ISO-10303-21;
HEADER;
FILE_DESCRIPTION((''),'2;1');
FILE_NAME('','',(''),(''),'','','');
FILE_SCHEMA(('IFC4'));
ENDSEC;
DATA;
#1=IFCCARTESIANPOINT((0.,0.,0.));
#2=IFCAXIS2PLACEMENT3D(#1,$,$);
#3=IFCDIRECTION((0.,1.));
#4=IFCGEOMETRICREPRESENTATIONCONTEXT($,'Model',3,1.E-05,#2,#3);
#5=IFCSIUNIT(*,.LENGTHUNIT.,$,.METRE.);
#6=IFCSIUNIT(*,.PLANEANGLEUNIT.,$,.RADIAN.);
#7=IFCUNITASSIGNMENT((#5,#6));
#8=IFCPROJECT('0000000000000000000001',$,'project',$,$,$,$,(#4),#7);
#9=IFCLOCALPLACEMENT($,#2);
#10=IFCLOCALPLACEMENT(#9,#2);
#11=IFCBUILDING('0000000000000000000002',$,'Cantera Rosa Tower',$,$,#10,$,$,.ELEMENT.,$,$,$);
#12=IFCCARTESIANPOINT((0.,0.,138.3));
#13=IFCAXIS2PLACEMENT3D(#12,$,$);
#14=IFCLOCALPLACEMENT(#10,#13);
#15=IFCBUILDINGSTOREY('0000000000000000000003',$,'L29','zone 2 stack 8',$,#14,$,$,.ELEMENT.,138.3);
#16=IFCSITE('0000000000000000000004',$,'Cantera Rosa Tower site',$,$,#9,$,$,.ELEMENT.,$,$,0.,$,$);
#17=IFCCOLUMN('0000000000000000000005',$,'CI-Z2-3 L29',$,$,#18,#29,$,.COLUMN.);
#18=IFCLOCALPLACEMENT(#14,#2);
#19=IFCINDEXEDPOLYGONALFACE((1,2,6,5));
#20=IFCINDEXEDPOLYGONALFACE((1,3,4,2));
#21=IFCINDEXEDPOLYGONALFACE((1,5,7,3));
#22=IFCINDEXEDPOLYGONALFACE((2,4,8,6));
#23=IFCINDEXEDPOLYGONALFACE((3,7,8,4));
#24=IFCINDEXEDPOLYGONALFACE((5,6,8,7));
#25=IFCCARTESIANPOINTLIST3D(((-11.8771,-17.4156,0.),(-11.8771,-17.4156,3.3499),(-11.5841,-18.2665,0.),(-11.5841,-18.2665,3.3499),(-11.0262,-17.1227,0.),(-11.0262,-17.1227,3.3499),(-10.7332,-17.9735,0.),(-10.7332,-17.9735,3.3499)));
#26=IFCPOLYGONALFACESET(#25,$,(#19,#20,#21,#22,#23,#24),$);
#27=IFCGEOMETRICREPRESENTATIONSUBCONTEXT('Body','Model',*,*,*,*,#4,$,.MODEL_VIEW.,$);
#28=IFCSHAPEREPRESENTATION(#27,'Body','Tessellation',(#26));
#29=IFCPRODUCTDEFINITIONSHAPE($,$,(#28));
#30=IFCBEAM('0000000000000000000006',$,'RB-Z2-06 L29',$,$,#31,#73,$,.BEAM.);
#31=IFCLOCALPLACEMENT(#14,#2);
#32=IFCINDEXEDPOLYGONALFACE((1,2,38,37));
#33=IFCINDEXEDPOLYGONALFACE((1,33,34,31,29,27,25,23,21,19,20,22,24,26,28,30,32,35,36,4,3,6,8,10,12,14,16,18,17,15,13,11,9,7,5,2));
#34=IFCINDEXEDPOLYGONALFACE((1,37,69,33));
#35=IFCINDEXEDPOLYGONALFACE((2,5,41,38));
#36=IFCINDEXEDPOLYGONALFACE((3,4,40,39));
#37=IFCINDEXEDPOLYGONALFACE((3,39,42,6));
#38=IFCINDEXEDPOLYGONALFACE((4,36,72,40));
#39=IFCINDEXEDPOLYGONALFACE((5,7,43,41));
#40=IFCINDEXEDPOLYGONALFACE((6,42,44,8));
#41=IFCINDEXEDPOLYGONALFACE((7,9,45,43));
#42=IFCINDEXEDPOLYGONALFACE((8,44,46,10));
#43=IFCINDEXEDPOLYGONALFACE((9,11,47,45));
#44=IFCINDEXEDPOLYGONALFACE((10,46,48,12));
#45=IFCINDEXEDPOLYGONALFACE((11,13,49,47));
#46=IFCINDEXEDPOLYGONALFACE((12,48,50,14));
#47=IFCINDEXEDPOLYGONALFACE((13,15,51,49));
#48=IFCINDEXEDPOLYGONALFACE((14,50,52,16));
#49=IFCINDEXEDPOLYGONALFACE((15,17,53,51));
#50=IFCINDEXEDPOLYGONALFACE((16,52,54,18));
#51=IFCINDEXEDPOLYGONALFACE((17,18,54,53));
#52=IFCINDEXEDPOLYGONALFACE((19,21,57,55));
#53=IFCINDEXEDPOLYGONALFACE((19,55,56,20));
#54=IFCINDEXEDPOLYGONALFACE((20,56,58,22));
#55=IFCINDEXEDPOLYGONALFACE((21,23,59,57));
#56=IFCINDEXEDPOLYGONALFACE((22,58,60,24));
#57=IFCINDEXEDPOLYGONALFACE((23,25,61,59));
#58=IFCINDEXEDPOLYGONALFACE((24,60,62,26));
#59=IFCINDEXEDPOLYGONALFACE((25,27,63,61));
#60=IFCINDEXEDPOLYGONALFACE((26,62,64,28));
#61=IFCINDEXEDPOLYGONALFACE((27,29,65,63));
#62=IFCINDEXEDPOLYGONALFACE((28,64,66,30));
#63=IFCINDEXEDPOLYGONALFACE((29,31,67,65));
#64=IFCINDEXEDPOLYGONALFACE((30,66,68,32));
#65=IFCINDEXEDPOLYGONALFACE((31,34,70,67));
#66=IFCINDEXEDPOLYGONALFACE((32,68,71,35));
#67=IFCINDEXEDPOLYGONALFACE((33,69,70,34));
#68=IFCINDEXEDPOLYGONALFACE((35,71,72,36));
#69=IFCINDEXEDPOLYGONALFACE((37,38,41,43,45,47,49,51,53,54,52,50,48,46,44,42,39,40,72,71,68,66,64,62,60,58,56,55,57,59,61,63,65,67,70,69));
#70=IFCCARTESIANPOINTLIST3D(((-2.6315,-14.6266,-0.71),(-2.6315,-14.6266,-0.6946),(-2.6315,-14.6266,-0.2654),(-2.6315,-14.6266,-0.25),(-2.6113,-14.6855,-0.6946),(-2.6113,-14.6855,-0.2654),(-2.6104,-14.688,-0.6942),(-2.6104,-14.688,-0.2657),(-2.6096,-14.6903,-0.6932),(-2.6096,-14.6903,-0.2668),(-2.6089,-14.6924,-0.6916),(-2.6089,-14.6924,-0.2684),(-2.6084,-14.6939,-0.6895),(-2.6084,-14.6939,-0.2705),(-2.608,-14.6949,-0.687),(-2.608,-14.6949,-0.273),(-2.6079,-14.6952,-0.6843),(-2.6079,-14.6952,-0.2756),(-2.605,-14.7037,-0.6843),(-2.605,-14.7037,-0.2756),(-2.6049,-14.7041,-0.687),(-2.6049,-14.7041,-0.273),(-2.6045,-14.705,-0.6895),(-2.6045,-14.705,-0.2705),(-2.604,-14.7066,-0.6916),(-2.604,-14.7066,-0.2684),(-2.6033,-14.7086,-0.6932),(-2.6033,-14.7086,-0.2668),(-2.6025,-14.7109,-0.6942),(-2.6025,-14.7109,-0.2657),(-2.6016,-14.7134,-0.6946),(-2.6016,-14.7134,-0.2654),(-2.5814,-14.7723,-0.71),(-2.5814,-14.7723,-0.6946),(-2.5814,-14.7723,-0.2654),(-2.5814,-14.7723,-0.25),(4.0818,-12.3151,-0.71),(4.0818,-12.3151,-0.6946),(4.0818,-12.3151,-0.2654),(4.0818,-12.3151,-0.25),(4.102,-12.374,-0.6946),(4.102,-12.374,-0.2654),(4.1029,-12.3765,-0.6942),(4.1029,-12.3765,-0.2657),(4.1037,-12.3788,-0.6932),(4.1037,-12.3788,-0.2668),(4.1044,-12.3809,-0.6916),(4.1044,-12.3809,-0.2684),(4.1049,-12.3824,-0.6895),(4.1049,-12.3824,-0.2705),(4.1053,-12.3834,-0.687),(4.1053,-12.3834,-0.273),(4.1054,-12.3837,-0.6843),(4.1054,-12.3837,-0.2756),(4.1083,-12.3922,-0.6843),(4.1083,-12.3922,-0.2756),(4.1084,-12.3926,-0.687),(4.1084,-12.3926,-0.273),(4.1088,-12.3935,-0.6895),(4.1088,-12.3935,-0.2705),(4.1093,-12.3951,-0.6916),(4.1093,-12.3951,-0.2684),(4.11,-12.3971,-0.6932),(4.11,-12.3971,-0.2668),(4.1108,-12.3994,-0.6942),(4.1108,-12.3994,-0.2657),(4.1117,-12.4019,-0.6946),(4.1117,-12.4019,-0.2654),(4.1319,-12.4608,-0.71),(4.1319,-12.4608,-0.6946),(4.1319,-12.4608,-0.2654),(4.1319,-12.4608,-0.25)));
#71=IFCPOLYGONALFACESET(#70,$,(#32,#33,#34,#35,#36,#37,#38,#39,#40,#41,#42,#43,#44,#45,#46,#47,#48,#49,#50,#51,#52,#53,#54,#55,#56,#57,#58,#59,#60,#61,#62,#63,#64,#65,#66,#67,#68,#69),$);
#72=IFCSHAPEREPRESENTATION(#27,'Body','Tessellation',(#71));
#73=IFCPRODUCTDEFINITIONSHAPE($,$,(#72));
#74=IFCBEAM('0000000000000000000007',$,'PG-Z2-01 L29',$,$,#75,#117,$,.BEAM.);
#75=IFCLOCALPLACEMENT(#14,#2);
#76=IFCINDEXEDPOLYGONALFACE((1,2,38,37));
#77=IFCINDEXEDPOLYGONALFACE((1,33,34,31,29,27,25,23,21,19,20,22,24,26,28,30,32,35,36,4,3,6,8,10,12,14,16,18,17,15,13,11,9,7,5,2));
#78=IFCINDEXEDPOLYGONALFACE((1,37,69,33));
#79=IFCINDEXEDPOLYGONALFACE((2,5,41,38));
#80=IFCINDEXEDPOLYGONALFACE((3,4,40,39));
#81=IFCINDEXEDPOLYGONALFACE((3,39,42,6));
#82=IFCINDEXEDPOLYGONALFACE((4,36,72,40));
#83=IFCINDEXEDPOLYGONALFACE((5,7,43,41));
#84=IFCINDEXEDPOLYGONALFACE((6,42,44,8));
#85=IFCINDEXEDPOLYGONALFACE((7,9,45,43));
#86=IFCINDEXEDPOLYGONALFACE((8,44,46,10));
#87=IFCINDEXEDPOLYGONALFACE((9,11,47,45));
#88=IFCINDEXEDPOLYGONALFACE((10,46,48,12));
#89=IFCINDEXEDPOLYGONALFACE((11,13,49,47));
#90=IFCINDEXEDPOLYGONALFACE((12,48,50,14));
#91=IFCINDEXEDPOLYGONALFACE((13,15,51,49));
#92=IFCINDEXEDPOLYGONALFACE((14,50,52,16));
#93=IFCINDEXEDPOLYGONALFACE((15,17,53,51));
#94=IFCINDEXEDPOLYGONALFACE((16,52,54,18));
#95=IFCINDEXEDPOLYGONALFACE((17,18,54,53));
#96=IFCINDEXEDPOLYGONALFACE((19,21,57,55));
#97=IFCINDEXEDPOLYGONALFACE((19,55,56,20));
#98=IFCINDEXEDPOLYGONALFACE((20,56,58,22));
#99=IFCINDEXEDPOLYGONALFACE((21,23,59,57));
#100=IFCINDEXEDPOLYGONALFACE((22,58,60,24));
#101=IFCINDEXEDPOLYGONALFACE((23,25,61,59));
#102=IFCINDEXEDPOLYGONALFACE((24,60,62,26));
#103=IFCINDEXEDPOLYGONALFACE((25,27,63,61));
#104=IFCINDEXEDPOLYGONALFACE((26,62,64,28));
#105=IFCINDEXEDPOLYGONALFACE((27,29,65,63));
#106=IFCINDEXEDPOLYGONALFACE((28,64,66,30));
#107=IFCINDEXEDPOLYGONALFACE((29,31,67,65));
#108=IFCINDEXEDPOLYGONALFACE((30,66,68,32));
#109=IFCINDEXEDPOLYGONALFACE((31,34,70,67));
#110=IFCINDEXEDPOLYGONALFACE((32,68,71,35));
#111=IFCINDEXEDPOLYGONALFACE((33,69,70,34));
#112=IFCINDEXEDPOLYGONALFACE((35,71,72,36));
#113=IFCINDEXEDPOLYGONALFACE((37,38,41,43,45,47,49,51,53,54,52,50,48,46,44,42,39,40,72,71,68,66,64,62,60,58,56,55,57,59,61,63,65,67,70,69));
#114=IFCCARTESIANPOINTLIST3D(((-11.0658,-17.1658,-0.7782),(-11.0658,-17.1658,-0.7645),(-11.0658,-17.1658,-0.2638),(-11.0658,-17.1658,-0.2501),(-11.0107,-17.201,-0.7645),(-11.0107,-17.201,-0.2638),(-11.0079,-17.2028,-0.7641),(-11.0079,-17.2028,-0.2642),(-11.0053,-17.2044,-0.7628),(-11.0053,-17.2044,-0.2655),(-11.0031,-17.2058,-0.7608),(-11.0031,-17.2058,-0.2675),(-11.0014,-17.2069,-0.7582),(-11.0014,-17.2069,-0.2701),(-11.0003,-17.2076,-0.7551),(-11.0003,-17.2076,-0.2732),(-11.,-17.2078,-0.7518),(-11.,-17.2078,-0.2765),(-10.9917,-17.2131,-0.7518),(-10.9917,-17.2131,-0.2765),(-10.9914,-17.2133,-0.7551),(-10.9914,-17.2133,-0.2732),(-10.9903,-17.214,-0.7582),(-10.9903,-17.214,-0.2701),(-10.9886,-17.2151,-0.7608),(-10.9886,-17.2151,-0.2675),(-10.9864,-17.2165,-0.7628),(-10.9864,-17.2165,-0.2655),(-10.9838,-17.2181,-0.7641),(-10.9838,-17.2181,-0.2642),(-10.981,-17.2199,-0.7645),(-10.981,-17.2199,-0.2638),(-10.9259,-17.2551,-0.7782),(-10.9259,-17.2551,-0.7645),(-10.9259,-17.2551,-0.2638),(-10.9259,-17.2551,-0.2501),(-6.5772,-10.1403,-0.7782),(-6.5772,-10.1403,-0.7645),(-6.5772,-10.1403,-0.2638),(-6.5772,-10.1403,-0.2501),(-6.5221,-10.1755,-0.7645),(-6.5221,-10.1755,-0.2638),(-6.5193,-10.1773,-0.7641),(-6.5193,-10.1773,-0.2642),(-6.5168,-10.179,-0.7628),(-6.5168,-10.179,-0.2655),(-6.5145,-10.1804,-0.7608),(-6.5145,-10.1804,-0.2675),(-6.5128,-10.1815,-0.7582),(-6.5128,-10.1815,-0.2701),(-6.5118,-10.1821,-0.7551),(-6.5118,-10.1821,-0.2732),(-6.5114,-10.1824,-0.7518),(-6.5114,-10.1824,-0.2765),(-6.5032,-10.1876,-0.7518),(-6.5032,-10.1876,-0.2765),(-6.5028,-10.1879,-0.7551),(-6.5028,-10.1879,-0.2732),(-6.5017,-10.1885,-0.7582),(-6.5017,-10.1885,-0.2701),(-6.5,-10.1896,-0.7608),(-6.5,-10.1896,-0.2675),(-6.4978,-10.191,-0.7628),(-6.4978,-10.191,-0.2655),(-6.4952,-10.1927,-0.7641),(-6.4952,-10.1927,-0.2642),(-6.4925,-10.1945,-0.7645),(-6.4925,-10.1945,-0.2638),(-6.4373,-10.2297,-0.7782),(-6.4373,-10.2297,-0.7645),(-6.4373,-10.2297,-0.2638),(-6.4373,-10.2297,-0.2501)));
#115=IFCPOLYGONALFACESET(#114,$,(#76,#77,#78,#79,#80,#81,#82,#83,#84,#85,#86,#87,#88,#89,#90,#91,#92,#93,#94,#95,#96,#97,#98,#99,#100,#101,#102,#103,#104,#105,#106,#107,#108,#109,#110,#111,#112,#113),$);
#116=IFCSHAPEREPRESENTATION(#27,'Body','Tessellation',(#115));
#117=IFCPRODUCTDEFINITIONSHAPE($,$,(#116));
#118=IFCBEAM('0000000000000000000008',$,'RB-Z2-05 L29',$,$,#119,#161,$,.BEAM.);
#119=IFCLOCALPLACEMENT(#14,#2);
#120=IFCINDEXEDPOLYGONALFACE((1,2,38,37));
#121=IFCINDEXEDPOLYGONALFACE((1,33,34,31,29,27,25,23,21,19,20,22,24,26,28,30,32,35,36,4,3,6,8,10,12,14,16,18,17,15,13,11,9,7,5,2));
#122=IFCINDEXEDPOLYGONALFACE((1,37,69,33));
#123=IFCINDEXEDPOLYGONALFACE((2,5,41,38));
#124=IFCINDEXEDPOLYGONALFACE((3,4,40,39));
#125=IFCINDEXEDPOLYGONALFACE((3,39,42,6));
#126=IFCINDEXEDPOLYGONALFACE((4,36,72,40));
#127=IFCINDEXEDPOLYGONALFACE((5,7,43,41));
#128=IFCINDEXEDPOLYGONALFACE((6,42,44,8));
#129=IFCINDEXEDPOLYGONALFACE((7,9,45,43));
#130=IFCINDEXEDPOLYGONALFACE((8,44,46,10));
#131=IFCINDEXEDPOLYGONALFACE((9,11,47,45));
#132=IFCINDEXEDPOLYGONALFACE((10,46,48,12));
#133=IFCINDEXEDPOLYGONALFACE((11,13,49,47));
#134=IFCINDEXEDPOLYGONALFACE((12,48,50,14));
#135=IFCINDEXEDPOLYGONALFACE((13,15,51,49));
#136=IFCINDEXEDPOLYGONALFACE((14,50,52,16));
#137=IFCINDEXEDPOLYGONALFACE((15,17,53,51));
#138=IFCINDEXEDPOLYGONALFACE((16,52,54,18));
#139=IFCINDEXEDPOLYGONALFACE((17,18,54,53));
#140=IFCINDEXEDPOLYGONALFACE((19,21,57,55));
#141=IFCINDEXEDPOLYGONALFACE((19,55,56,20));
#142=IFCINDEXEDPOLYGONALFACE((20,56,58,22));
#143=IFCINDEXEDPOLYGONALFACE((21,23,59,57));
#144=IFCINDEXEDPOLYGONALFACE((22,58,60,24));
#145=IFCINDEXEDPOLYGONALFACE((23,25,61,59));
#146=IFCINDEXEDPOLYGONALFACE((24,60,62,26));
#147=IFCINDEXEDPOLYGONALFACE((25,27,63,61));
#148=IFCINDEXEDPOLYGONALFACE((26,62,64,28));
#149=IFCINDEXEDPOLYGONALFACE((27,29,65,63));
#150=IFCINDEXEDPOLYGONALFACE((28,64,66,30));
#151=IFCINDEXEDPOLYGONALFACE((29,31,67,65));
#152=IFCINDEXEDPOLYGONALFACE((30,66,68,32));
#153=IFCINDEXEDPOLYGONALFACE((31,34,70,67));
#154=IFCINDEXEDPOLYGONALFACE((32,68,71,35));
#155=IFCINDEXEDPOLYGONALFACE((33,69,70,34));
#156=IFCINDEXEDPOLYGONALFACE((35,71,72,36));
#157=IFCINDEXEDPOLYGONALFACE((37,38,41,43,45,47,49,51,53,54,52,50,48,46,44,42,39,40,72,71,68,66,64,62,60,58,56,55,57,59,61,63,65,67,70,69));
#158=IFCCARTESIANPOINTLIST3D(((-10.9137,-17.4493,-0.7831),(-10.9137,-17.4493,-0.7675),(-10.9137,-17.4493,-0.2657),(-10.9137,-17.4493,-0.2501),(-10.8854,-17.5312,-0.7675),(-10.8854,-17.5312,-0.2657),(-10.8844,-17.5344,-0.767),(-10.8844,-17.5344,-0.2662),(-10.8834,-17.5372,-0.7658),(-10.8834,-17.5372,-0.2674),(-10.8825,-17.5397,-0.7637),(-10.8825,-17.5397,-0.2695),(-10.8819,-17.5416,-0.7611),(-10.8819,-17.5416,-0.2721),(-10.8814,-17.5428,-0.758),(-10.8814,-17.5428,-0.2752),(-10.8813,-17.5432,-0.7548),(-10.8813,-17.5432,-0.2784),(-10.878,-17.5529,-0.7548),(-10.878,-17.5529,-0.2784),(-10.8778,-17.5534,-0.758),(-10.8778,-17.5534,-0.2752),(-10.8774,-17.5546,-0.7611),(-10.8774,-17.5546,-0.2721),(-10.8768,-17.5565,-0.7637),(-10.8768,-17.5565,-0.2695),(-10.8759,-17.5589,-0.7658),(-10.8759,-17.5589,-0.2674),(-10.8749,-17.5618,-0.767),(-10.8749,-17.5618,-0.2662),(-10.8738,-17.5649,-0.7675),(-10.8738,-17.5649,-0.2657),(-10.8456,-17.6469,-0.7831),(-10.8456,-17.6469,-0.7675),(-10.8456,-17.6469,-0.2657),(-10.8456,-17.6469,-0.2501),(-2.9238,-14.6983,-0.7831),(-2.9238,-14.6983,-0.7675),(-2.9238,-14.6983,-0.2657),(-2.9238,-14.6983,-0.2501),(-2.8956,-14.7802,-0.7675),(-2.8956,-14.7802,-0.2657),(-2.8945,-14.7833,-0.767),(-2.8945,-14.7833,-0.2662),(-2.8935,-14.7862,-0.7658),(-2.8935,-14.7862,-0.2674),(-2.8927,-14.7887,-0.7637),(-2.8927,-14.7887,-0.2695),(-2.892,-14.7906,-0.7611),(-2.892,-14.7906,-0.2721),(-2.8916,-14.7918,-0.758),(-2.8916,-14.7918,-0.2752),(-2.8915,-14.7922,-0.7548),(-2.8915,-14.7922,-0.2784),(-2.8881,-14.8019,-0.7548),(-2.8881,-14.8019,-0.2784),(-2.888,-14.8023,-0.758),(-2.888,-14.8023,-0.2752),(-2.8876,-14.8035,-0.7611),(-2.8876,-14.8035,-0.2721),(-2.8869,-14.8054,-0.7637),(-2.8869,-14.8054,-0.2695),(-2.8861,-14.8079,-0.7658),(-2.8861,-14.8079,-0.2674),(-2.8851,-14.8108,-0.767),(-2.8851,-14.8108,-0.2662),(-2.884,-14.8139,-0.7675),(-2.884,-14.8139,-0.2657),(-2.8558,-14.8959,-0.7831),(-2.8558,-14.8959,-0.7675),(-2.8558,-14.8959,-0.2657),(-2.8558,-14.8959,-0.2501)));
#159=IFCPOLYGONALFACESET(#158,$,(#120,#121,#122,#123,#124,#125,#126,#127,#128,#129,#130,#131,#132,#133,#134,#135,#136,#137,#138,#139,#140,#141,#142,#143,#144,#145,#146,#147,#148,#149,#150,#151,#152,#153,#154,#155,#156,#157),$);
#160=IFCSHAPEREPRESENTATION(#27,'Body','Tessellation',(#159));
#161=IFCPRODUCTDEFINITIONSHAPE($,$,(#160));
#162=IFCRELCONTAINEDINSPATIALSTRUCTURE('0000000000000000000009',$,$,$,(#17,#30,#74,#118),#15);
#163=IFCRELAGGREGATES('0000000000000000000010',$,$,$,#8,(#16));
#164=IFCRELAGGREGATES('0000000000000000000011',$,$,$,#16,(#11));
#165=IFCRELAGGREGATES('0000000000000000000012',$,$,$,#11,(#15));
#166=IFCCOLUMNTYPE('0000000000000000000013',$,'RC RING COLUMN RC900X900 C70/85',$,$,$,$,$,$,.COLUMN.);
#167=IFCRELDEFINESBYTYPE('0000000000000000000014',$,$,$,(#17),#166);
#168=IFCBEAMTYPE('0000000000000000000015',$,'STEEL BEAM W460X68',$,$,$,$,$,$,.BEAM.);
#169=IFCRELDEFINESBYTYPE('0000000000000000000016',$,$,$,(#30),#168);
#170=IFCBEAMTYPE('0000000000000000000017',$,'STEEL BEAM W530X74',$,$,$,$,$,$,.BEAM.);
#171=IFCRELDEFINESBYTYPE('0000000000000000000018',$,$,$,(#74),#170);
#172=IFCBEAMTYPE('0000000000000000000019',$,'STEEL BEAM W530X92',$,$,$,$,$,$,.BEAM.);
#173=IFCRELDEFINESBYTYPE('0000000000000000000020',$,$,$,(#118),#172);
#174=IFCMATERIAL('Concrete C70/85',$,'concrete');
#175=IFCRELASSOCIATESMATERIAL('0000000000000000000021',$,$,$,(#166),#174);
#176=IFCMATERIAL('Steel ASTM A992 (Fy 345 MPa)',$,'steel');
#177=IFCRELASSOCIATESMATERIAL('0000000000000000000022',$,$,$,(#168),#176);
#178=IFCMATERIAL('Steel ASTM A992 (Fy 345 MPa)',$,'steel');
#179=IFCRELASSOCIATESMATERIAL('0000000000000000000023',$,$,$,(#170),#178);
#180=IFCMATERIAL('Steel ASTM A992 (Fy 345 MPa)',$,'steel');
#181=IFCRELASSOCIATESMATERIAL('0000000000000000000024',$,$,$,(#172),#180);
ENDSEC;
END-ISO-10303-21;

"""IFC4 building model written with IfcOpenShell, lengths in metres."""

from ifc_helpers import new_model, si_unit, direction, frame, origin, origin_2d, place, context, subcontext, project, spatial, rectangle, i_section, extrude, material, material_profile, profile_set, type_object, element, save


model = new_model("IFC4")

# Units and contexts
model_context = context("Model", 3, precision=1e-05, world=origin(), true_north=direction((0.0, 1.0)))
body_context = subcontext(model_context, "Body", "Model", "MODEL_VIEW")
ifc_project = project(units=[si_unit("LENGTHUNIT", "METRE"), si_unit("PLANEANGLEUNIT", "RADIAN")], contexts=[model_context])

# Site, building, storey
site_placement = place(None, origin())
site = spatial("IfcSite", under=ifc_project, at=site_placement, Name="Cantera Rosa Tower site", CompositionType="ELEMENT", RefElevation=0.0)
building_placement = place(site_placement, origin())
building = spatial("IfcBuilding", under=site, at=building_placement, Name="Cantera Rosa Tower", CompositionType="ELEMENT")
storey_placement = place(building_placement, frame((0.0, 0.0, 138.3)))
storey = spatial("IfcBuildingStorey", under=building, at=storey_placement, Name="L29", Description="zone 2 stack 8", CompositionType="ELEMENT", Elevation=138.3)

# Column
ifc_material_1 = material(Name="Concrete C70/85", Category="concrete")
ifc_material_profile_1 = material_profile(ifc_material_1, rectangle(XDim=0.8999, YDim=0.8999, at=origin_2d()), Name="RC RING COLUMN RC900X900 C70/85")
ifc_profile_set_1 = profile_set([ifc_material_profile_1], Name="Concrete C70/85")
column_type = type_object("IfcColumnType", Name="RC RING COLUMN RC900X900 C70/85", PredefinedType="COLUMN", material=ifc_profile_set_1)
column_placement = place(storey_placement, frame((-11.3052, -17.6946, 0.0), z_axis=(0.0, 0.0, 1.0), x_axis=(0.945519, 0.325568, 0.0)))
element("IfcColumn", 1, at=column_placement, inside=storey, type_object=column_type, Name="CI-Z2-3 L29", PredefinedType="COLUMN", context=body_context, shape_type="SweptSolid", body=[
    extrude(rectangle(XDim=0.8999, YDim=0.8999, at=origin_2d()), origin(), (0.0, 0.0, 1.0), 3.3499),
])

# Beams
ifc_material_2 = material(Name="Steel ASTM A992 (Fy 345 MPa)", Category="steel")
ifc_material_profile_2 = material_profile(ifc_material_2, i_section(OverallWidth=0.1541, OverallDepth=0.46, WebThickness=0.009, FlangeThickness=0.0154, FilletRadius=0.0103, at=origin_2d()), Name="W460X68")
ifc_profile_set_2 = profile_set([ifc_material_profile_2], Name="Steel ASTM A992 (Fy 345 MPa)")
beam_type_1 = type_object("IfcBeamType", Name="STEEL BEAM W460X68", PredefinedType="BEAM", material=ifc_profile_set_2)
beam_1_placement = place(storey_placement, frame((-2.6064, -14.6995, -0.48), z_axis=(0.945522, 0.325558, 0.0), x_axis=(-0.325558, 0.945522, 0.0)))
element("IfcBeam", 2, at=beam_1_placement, inside=storey, type_object=beam_type_1, Name="RB-Z2-06 L29", PredefinedType="BEAM", context=body_context, shape_type="SweptSolid", body=[
    extrude(i_section(OverallWidth=0.1541, OverallDepth=0.46, WebThickness=0.009, FlangeThickness=0.0154, FilletRadius=0.0103, at=origin_2d()), origin(), (0.0, 0.0, 1.0), 7.1001),
])
ifc_material_3 = material(Name="Steel ASTM A992 (Fy 345 MPa)", Category="steel")
ifc_material_profile_3 = material_profile(ifc_material_3, i_section(OverallWidth=0.166, OverallDepth=0.5281, WebThickness=0.0098, FlangeThickness=0.0137, FilletRadius=0.0127, at=origin_2d()), Name="W530X74")
ifc_profile_set_3 = profile_set([ifc_material_profile_3], Name="Steel ASTM A992 (Fy 345 MPa)")
beam_type_2 = type_object("IfcBeamType", Name="STEEL BEAM W530X74", PredefinedType="BEAM", material=ifc_profile_set_3)
beam_2_placement = place(storey_placement, frame((-10.9958, -17.2104, -0.5142), z_axis=(0.538396, 0.842692, 0.0), x_axis=(-0.842692, 0.538396, 0.0)))
element("IfcBeam", 3, at=beam_2_placement, inside=storey, type_object=beam_type_2, Name="PG-Z2-01 L29", PredefinedType="BEAM", context=body_context, shape_type="SweptSolid", body=[
    extrude(i_section(OverallWidth=0.166, OverallDepth=0.5281, WebThickness=0.0098, FlangeThickness=0.0137, FilletRadius=0.0127, at=origin_2d()), origin(), (0.0, 0.0, 1.0), 8.3369),
])
ifc_material_4 = material(Name="Steel ASTM A992 (Fy 345 MPa)", Category="steel")
ifc_material_profile_4 = material_profile(ifc_material_4, i_section(OverallWidth=0.209, OverallDepth=0.533, WebThickness=0.0103, FlangeThickness=0.0156, FilletRadius=0.0127, at=origin_2d()), Name="W530X92")
ifc_profile_set_4 = profile_set([ifc_material_profile_4], Name="Steel ASTM A992 (Fy 345 MPa)")
beam_type_3 = type_object("IfcBeamType", Name="STEEL BEAM W530X92", PredefinedType="BEAM", material=ifc_profile_set_4)
beam_3_placement = place(storey_placement, frame((-10.8796, -17.5481, -0.5166), z_axis=(0.945523, 0.325556, 0.0), x_axis=(-0.325556, 0.945523, 0.0)))
element("IfcBeam", 4, at=beam_3_placement, inside=storey, type_object=beam_type_3, Name="RB-Z2-05 L29", PredefinedType="BEAM", context=body_context, shape_type="SweptSolid", body=[
    extrude(i_section(OverallWidth=0.209, OverallDepth=0.533, WebThickness=0.0103, FlangeThickness=0.0156, FilletRadius=0.0127, at=origin_2d()), origin(), (0.0, 0.0, 1.0), 8.4502),
])

save(model, "model.ifc")
